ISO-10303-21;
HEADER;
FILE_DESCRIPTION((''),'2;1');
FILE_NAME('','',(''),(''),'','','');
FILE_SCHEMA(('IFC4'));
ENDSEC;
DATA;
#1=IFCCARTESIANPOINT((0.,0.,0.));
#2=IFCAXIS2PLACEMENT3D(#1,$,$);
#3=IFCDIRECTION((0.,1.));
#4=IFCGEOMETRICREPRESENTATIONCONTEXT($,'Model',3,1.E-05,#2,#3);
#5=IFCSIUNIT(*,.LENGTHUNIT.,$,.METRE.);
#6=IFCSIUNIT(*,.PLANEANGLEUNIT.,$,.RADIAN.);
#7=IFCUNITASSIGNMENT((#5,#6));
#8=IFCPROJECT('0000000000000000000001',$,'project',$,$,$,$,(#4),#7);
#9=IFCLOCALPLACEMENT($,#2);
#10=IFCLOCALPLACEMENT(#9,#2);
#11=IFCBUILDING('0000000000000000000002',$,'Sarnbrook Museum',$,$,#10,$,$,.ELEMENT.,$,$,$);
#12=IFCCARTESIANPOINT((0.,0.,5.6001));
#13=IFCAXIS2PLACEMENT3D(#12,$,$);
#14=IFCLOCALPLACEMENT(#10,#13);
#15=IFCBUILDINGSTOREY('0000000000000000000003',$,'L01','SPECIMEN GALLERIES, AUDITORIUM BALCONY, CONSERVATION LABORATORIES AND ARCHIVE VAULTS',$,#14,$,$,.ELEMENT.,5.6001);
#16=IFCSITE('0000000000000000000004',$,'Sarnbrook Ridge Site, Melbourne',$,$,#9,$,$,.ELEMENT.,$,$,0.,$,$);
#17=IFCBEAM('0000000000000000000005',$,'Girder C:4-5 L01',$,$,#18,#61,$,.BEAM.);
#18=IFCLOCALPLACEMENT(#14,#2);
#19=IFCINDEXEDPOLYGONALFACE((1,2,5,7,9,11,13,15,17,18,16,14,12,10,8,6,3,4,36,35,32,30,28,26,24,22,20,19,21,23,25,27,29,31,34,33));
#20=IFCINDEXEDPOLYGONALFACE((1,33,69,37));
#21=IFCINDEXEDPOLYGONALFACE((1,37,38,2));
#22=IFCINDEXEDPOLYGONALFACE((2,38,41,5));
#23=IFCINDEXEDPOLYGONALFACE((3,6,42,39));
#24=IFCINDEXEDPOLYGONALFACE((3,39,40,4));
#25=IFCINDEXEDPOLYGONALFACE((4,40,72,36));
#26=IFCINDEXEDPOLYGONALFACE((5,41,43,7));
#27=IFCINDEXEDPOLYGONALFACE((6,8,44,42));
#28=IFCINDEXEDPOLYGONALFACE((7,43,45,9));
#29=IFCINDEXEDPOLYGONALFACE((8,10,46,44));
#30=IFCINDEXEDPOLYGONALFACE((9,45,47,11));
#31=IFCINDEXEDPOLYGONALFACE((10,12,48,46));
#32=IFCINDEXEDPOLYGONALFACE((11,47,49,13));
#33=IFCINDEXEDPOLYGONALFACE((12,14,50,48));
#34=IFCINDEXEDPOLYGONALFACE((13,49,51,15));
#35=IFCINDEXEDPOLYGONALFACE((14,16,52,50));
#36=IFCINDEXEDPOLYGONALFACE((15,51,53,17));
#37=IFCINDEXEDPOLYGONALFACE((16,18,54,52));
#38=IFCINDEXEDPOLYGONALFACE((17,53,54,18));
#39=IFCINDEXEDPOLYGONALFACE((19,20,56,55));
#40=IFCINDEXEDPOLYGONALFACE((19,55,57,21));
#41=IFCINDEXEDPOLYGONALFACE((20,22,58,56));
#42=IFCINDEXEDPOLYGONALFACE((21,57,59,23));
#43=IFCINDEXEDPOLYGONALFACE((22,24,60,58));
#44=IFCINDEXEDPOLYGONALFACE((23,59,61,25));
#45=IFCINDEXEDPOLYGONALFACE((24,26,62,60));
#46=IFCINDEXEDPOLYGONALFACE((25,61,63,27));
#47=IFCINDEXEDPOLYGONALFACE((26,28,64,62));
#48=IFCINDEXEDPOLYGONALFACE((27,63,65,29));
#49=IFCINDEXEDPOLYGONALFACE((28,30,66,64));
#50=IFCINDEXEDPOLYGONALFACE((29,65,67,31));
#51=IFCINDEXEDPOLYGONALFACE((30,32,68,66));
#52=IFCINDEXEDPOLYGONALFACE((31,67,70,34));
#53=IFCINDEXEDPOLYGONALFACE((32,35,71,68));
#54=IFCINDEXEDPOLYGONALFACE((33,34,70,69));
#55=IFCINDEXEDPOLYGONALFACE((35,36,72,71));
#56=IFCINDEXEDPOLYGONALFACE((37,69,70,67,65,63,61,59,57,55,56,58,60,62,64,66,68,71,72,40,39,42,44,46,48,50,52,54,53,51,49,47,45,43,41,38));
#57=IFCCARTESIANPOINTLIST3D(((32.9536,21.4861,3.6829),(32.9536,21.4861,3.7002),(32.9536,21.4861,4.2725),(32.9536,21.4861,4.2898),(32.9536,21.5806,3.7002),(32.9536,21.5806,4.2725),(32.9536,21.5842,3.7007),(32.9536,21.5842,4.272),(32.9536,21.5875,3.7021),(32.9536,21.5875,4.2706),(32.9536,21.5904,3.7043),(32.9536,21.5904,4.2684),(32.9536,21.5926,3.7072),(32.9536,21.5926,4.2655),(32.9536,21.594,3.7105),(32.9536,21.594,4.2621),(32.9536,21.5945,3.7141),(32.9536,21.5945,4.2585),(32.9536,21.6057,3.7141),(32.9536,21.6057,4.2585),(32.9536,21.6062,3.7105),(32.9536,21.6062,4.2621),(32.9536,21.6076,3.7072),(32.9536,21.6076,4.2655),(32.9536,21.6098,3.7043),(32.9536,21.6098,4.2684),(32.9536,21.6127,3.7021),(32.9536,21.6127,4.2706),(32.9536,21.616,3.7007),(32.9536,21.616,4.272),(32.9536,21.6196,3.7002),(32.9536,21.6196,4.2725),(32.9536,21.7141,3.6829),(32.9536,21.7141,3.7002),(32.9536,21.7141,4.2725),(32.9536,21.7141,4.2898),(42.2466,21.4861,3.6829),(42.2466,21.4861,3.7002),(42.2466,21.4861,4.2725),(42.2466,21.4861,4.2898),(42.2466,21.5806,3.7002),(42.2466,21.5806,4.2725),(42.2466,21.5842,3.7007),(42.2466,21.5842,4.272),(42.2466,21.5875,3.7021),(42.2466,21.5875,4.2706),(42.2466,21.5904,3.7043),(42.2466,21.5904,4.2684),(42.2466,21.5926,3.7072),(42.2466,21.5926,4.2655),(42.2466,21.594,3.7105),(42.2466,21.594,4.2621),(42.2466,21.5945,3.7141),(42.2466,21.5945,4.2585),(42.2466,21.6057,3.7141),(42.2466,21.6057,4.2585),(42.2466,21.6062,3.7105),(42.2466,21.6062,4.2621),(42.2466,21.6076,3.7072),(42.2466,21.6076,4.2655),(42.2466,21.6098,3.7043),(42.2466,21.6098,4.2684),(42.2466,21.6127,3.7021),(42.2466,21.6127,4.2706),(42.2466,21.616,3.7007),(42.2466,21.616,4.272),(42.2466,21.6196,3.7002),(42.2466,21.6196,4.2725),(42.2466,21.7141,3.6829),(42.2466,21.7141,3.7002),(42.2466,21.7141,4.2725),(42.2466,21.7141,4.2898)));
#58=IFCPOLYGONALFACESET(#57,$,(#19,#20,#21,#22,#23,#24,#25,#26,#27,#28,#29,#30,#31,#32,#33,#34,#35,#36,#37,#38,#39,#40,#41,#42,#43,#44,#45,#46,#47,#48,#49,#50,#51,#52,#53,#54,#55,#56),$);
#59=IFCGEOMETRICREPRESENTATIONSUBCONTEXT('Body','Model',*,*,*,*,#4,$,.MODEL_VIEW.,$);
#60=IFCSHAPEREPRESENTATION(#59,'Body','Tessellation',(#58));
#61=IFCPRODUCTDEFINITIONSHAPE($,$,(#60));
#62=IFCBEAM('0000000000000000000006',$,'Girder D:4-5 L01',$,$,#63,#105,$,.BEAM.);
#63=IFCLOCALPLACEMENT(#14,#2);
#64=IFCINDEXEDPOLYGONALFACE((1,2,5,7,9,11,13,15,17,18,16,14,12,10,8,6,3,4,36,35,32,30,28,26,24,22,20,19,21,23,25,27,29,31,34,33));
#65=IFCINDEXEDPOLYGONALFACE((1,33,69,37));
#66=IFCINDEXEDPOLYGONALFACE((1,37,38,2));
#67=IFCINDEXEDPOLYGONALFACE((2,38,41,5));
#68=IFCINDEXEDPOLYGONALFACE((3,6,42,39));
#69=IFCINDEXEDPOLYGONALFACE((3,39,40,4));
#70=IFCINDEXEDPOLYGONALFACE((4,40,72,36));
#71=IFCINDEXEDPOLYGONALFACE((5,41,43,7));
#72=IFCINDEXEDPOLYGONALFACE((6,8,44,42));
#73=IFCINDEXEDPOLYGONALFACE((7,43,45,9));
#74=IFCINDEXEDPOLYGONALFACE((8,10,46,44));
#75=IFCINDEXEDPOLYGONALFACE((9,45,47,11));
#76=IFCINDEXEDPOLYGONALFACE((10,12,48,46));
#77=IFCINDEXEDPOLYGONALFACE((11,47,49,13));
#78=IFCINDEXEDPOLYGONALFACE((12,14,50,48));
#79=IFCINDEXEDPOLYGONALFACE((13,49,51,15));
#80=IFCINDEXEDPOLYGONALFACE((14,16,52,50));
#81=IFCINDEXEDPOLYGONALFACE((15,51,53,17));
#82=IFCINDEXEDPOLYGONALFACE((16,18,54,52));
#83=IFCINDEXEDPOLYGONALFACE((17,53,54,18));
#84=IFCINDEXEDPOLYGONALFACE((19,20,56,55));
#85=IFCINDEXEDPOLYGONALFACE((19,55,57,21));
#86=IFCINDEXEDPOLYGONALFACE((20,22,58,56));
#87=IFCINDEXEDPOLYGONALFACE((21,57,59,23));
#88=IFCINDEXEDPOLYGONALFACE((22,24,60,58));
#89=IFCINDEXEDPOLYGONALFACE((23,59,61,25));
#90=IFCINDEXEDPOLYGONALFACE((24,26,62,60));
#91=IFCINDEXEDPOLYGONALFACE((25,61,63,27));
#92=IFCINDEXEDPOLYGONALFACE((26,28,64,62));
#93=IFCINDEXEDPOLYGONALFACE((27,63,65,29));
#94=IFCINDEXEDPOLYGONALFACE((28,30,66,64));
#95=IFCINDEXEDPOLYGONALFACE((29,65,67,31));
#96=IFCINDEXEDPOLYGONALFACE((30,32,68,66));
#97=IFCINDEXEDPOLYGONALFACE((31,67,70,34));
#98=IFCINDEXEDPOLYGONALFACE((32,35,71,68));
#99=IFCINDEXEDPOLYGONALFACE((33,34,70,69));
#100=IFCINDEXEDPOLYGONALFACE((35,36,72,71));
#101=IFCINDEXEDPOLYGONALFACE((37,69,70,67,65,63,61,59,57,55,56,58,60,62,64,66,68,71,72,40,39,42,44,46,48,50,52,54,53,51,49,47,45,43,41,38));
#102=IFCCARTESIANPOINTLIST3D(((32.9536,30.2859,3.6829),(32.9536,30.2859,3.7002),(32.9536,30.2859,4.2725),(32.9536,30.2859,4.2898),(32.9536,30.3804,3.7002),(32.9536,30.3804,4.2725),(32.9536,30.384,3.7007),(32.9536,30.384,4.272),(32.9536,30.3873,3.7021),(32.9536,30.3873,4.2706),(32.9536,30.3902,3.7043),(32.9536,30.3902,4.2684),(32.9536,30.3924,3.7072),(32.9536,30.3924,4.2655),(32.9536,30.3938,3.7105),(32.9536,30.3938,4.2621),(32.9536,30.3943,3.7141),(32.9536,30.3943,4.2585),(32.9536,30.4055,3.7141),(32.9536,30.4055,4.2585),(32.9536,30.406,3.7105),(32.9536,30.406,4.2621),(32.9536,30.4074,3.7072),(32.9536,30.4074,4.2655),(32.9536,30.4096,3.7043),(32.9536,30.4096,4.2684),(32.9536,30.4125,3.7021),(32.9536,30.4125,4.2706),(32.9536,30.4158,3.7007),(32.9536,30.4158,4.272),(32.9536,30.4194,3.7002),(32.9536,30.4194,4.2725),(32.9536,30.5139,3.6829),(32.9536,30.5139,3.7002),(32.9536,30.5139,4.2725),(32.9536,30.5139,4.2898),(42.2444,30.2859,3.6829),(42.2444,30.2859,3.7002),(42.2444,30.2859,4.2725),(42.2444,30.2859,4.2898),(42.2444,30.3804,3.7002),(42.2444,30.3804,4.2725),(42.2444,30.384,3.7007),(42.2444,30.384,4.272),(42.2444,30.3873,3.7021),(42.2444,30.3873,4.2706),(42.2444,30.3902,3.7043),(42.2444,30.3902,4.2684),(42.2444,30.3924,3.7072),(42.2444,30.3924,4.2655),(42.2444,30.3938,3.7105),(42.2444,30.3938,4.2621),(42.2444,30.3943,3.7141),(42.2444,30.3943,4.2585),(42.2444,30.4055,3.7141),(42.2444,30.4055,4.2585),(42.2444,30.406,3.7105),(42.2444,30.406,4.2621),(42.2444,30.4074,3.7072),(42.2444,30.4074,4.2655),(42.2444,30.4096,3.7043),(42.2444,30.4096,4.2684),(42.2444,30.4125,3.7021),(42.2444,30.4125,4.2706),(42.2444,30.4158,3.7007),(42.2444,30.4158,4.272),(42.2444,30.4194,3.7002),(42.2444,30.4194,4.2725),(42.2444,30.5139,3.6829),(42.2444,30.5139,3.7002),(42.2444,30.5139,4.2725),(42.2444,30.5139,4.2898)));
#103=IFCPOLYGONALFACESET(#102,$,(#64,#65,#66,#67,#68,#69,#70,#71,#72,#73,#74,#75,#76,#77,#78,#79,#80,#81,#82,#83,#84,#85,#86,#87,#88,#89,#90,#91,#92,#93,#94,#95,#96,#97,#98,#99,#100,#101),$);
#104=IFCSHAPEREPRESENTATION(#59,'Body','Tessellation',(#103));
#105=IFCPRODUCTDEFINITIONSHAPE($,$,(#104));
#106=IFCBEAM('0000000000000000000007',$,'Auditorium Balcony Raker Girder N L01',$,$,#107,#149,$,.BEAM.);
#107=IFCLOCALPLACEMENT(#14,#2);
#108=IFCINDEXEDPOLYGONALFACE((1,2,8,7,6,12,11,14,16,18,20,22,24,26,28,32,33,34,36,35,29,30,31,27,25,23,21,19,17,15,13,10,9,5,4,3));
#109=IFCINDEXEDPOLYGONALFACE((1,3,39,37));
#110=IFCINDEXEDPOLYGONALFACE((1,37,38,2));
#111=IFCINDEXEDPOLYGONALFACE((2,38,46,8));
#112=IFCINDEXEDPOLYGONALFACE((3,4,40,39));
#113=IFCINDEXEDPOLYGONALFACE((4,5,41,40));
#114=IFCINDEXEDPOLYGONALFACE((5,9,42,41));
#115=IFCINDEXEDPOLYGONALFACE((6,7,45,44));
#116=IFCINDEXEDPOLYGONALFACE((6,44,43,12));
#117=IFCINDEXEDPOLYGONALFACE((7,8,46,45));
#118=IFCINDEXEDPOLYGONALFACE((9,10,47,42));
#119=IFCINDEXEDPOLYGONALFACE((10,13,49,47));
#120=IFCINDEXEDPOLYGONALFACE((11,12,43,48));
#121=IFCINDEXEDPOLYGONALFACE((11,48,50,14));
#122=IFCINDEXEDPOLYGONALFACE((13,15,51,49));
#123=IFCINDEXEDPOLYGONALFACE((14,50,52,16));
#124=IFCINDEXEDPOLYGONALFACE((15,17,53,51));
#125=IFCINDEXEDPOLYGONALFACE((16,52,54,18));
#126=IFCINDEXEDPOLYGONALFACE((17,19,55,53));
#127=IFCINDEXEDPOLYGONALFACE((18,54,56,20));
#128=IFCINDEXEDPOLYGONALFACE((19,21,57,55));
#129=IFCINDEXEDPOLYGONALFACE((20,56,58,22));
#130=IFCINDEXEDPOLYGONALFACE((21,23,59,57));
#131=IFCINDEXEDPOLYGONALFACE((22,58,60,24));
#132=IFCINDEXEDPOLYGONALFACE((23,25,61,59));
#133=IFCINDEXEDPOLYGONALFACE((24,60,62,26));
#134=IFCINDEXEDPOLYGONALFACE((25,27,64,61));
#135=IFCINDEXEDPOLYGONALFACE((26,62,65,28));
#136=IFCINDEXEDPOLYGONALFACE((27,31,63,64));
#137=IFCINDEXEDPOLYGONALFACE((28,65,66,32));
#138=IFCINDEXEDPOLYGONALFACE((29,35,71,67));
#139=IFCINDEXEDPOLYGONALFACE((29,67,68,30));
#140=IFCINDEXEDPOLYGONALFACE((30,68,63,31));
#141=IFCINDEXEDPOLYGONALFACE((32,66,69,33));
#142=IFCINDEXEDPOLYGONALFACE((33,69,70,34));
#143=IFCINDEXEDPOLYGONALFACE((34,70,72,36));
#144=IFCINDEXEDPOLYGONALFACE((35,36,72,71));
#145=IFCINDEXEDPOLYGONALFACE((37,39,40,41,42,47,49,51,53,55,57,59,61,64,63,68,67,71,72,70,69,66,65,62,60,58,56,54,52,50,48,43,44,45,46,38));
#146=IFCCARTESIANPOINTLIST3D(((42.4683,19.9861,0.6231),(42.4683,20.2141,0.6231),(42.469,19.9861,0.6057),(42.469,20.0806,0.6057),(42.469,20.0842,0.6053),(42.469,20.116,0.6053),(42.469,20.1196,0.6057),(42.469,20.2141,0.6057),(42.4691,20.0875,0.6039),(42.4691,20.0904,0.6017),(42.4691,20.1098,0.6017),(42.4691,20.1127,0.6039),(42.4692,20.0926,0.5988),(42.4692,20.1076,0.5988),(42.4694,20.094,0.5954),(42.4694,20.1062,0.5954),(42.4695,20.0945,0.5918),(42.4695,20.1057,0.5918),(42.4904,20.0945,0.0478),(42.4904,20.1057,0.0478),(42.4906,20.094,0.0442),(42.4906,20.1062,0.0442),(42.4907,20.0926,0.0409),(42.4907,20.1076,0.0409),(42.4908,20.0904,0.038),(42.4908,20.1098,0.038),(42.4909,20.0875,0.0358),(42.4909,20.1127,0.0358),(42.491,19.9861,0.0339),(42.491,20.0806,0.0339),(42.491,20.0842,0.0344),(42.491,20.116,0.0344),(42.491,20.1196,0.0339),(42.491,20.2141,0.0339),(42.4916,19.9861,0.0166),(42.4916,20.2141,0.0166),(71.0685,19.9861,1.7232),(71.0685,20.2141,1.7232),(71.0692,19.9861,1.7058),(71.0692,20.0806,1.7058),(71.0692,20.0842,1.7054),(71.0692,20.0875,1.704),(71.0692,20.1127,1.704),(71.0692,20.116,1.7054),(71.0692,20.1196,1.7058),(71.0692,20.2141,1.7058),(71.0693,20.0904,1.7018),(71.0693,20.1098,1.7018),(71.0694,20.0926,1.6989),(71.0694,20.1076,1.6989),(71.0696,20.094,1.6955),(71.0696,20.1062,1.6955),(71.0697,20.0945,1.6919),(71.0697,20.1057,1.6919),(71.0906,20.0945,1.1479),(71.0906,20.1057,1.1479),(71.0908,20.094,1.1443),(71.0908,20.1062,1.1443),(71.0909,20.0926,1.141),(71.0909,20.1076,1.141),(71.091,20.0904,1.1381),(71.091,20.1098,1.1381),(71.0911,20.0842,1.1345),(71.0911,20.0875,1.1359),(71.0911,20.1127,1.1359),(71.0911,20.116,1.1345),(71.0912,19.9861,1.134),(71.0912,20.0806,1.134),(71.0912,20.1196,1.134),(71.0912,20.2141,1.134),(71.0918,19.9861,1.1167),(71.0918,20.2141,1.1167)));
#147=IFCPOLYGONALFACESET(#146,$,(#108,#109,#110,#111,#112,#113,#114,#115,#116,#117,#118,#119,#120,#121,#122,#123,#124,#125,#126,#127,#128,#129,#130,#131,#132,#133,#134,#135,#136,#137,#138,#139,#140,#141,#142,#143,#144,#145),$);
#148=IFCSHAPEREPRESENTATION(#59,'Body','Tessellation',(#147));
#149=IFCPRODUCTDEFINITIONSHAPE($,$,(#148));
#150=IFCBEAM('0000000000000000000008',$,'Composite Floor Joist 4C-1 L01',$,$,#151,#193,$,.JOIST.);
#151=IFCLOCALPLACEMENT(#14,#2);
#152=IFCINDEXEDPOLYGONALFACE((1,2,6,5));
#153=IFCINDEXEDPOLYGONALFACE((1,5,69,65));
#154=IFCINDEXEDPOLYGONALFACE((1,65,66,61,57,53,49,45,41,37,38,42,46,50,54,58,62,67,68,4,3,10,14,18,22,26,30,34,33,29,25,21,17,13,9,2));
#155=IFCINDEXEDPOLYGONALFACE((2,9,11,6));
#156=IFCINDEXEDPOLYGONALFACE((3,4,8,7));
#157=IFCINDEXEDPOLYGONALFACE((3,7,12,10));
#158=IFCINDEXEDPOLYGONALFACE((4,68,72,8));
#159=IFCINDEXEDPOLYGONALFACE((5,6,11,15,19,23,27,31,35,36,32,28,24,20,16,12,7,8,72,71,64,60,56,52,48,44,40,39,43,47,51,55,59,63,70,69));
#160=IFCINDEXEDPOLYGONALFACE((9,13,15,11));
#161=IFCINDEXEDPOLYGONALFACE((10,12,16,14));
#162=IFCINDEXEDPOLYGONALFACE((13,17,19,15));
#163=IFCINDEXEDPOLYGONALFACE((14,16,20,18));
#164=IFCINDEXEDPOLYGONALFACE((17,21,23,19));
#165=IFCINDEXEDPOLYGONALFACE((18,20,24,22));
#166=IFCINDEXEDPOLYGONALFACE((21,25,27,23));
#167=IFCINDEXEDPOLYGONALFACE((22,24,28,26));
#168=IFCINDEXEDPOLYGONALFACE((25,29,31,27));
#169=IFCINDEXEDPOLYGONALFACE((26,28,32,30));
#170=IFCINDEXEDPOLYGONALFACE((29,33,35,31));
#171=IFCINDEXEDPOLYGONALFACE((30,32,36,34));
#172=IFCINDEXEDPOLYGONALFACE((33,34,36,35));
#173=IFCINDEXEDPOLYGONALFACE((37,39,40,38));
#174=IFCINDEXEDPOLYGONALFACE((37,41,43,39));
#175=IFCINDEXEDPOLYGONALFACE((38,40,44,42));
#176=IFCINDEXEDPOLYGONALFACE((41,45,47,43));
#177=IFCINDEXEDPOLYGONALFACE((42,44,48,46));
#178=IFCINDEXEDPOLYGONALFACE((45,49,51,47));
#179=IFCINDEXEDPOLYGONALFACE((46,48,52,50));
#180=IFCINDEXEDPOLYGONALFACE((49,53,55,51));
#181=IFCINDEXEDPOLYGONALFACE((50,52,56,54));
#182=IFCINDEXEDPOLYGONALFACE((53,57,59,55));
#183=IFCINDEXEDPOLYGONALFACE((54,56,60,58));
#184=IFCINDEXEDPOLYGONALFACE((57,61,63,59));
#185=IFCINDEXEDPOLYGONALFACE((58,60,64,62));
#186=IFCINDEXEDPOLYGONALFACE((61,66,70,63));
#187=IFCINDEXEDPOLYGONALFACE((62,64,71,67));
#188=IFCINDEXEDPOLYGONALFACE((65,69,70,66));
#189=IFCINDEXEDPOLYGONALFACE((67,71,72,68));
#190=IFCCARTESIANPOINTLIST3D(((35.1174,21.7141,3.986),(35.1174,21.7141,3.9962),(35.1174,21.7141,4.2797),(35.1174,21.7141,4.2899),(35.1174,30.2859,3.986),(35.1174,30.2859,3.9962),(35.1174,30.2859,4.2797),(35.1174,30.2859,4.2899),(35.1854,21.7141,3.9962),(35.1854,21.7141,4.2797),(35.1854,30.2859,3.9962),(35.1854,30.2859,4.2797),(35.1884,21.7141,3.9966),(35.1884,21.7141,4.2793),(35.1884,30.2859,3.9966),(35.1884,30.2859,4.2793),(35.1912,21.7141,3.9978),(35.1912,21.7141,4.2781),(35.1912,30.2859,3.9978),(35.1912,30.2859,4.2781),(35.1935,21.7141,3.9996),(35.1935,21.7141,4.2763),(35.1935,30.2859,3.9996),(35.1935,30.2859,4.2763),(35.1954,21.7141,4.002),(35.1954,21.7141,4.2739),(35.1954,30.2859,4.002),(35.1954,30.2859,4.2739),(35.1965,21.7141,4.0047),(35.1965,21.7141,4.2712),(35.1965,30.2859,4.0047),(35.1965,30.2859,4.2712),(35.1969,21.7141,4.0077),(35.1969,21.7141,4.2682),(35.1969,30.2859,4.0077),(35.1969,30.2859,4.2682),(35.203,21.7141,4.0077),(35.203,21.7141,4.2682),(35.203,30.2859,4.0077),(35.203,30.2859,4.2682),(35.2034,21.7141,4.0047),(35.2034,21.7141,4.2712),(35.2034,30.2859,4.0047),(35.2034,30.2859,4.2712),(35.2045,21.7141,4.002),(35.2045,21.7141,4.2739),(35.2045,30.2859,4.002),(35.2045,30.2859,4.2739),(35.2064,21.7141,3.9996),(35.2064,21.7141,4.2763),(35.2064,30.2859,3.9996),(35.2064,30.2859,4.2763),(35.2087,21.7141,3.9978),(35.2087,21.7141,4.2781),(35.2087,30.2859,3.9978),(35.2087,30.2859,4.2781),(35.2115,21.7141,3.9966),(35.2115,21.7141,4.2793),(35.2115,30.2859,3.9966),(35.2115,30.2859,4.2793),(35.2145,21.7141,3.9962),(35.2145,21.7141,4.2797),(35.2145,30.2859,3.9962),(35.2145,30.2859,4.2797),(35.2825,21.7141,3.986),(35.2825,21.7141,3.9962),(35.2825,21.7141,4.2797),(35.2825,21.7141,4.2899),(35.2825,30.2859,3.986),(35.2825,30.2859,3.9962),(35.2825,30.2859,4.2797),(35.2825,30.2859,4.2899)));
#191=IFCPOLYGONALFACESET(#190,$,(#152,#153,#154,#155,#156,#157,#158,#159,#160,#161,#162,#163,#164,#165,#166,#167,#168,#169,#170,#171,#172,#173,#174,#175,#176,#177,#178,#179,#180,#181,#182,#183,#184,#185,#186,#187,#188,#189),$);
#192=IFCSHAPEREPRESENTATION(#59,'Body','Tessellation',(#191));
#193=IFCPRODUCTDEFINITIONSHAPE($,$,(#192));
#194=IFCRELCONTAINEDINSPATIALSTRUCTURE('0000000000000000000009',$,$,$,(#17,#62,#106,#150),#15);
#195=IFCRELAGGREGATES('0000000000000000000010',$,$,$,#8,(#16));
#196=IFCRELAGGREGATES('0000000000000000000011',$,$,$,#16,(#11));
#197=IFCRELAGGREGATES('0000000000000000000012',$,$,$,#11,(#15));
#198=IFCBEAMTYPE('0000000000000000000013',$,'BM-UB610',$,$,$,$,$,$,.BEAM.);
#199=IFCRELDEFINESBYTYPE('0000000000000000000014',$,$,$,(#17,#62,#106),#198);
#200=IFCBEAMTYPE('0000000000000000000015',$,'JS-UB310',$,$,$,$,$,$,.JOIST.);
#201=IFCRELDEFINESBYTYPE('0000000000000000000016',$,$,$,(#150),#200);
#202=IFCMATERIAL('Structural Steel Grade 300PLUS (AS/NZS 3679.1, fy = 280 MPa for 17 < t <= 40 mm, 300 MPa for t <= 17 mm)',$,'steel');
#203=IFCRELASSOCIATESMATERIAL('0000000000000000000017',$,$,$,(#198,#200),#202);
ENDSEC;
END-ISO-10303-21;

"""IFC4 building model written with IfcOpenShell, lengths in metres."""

from ifc_helpers import new_model, si_unit, direction, frame, origin, origin_2d, place, context, subcontext, project, spatial, i_section, extrude, material, material_profile, profile_set, type_object, element, save


model = new_model("IFC4")

# Units and contexts
model_context = context("Model", 3, precision=1e-05, world=origin(), true_north=direction((0.0, 1.0)))
body_context = subcontext(model_context, "Body", "Model", "MODEL_VIEW")
ifc_project = project(units=[si_unit("LENGTHUNIT", "METRE"), si_unit("PLANEANGLEUNIT", "RADIAN")], contexts=[model_context])

# Site, building, storey
site_placement = place(None, origin())
site = spatial("IfcSite", under=ifc_project, at=site_placement, Name="Sarnbrook Ridge Site, Melbourne", CompositionType="ELEMENT", RefElevation=0.0)
building_placement = place(site_placement, origin())
building = spatial("IfcBuilding", under=site, at=building_placement, Name="Sarnbrook Museum", CompositionType="ELEMENT")
storey_placement = place(building_placement, frame((0.0, 0.0, 5.6001)))
storey = spatial("IfcBuildingStorey", under=building, at=storey_placement, Name="L01", Description="SPECIMEN GALLERIES, AUDITORIUM BALCONY, CONSERVATION LABORATORIES AND ARCHIVE VAULTS", CompositionType="ELEMENT", Elevation=5.6001)

# Shared definitions
ifc_material_1 = material(Name="Structural Steel Grade 300PLUS (AS/NZS 3679.1, fy = 280 MPa for 17 < t <= 40 mm, 300 MPa for t <= 17 mm)", Category="steel")

# Beams
ifc_material_profile_1 = material_profile(ifc_material_1, i_section(OverallWidth=0.228, OverallDepth=0.6069, WebThickness=0.0112, FlangeThickness=0.0173, FilletRadius=0.0139, at=origin_2d()), Name="610UB113")
ifc_profile_set_1 = profile_set([ifc_material_profile_1], Name="Structural Steel Grade 300PLUS (AS/NZS 3679.1, fy = 280 MPa for 17 < t <= 40 mm, 300 MPa for t <= 17 mm)")
beam_type_1 = type_object("IfcBeamType", Name="BM-UB610", PredefinedType="BEAM", material=ifc_profile_set_1)
beam_1_placement = place(storey_placement, frame((32.9536, 21.6001, 3.9863), z_axis=(1.0, 0.0, 0.0), x_axis=(0.0, 1.0, 0.0)))
element("IfcBeam", 1, at=beam_1_placement, inside=storey, type_object=beam_type_1, Name="Girder C:4-5 L01", PredefinedType="BEAM", context=body_context, shape_type="SweptSolid", body=[
    extrude(i_section(OverallWidth=0.228, OverallDepth=0.6069, WebThickness=0.0112, FlangeThickness=0.0173, FilletRadius=0.0139, at=origin_2d()), origin(), (0.0, 0.0, 1.0), 9.293),
])
beam_2_placement = place(storey_placement, frame((32.9536, 30.3999, 3.9863), z_axis=(1.0, 0.0, 0.0), x_axis=(0.0, 1.0, 0.0)))
element("IfcBeam", 2, at=beam_2_placement, inside=storey, type_object=beam_type_1, Name="Girder D:4-5 L01", PredefinedType="BEAM", context=body_context, shape_type="SweptSolid", body=[
    extrude(i_section(OverallWidth=0.228, OverallDepth=0.6069, WebThickness=0.0112, FlangeThickness=0.0173, FilletRadius=0.0139, at=origin_2d()), origin(), (0.0, 0.0, 1.0), 9.2908),
])
beam_3_placement = place(storey_placement, frame((42.48, 20.1001, 0.3198), z_axis=(0.999261, 0.0, 0.038436), x_axis=(0.0, 1.0, 0.0)))
element("IfcBeam", 3, at=beam_3_placement, inside=storey, type_object=beam_type_1, Name="Auditorium Balcony Raker Girder N L01", PredefinedType="BEAM", context=body_context, shape_type="SweptSolid", body=[
    extrude(i_section(OverallWidth=0.228, OverallDepth=0.6069, WebThickness=0.0112, FlangeThickness=0.0173, FilletRadius=0.0139, at=origin_2d()), origin(), (0.0, 0.0, 1.0), 28.6213),
])
ifc_material_profile_2 = material_profile(ifc_material_1, i_section(OverallWidth=0.165, OverallDepth=0.304, WebThickness=0.0061, FlangeThickness=0.0103, FilletRadius=0.0115, at=origin_2d()), Name="310UB40.4")
ifc_profile_set_2 = profile_set([ifc_material_profile_2], Name="Structural Steel Grade 300PLUS (AS/NZS 3679.1, fy = 280 MPa for 17 < t <= 40 mm, 300 MPa for t <= 17 mm)")
beam_type_2 = type_object("IfcBeamType", Name="JS-UB310", PredefinedType="JOIST", material=ifc_profile_set_2)
for number, where, z_axis, x_axis, name in (
    (4, (35.2, 21.7141, 4.1379), (0.0, 1.0, 0.0), (-1.0, 0.0, 0.0), "Composite Floor Joist 4C-1 L01"),
):
    element("IfcBeam", number, at=place(storey_placement, frame(where, z_axis=z_axis, x_axis=x_axis)), inside=storey, type_object=beam_type_2, Name=name, PredefinedType="JOIST", context=body_context, shape_type="SweptSolid", body=[
        extrude(i_section(OverallWidth=0.165, OverallDepth=0.304, WebThickness=0.0061, FlangeThickness=0.0103, FilletRadius=0.0115, at=origin_2d()), origin(), (0.0, 0.0, 1.0), 8.5718),
    ])

save(model, "model.ifc")
